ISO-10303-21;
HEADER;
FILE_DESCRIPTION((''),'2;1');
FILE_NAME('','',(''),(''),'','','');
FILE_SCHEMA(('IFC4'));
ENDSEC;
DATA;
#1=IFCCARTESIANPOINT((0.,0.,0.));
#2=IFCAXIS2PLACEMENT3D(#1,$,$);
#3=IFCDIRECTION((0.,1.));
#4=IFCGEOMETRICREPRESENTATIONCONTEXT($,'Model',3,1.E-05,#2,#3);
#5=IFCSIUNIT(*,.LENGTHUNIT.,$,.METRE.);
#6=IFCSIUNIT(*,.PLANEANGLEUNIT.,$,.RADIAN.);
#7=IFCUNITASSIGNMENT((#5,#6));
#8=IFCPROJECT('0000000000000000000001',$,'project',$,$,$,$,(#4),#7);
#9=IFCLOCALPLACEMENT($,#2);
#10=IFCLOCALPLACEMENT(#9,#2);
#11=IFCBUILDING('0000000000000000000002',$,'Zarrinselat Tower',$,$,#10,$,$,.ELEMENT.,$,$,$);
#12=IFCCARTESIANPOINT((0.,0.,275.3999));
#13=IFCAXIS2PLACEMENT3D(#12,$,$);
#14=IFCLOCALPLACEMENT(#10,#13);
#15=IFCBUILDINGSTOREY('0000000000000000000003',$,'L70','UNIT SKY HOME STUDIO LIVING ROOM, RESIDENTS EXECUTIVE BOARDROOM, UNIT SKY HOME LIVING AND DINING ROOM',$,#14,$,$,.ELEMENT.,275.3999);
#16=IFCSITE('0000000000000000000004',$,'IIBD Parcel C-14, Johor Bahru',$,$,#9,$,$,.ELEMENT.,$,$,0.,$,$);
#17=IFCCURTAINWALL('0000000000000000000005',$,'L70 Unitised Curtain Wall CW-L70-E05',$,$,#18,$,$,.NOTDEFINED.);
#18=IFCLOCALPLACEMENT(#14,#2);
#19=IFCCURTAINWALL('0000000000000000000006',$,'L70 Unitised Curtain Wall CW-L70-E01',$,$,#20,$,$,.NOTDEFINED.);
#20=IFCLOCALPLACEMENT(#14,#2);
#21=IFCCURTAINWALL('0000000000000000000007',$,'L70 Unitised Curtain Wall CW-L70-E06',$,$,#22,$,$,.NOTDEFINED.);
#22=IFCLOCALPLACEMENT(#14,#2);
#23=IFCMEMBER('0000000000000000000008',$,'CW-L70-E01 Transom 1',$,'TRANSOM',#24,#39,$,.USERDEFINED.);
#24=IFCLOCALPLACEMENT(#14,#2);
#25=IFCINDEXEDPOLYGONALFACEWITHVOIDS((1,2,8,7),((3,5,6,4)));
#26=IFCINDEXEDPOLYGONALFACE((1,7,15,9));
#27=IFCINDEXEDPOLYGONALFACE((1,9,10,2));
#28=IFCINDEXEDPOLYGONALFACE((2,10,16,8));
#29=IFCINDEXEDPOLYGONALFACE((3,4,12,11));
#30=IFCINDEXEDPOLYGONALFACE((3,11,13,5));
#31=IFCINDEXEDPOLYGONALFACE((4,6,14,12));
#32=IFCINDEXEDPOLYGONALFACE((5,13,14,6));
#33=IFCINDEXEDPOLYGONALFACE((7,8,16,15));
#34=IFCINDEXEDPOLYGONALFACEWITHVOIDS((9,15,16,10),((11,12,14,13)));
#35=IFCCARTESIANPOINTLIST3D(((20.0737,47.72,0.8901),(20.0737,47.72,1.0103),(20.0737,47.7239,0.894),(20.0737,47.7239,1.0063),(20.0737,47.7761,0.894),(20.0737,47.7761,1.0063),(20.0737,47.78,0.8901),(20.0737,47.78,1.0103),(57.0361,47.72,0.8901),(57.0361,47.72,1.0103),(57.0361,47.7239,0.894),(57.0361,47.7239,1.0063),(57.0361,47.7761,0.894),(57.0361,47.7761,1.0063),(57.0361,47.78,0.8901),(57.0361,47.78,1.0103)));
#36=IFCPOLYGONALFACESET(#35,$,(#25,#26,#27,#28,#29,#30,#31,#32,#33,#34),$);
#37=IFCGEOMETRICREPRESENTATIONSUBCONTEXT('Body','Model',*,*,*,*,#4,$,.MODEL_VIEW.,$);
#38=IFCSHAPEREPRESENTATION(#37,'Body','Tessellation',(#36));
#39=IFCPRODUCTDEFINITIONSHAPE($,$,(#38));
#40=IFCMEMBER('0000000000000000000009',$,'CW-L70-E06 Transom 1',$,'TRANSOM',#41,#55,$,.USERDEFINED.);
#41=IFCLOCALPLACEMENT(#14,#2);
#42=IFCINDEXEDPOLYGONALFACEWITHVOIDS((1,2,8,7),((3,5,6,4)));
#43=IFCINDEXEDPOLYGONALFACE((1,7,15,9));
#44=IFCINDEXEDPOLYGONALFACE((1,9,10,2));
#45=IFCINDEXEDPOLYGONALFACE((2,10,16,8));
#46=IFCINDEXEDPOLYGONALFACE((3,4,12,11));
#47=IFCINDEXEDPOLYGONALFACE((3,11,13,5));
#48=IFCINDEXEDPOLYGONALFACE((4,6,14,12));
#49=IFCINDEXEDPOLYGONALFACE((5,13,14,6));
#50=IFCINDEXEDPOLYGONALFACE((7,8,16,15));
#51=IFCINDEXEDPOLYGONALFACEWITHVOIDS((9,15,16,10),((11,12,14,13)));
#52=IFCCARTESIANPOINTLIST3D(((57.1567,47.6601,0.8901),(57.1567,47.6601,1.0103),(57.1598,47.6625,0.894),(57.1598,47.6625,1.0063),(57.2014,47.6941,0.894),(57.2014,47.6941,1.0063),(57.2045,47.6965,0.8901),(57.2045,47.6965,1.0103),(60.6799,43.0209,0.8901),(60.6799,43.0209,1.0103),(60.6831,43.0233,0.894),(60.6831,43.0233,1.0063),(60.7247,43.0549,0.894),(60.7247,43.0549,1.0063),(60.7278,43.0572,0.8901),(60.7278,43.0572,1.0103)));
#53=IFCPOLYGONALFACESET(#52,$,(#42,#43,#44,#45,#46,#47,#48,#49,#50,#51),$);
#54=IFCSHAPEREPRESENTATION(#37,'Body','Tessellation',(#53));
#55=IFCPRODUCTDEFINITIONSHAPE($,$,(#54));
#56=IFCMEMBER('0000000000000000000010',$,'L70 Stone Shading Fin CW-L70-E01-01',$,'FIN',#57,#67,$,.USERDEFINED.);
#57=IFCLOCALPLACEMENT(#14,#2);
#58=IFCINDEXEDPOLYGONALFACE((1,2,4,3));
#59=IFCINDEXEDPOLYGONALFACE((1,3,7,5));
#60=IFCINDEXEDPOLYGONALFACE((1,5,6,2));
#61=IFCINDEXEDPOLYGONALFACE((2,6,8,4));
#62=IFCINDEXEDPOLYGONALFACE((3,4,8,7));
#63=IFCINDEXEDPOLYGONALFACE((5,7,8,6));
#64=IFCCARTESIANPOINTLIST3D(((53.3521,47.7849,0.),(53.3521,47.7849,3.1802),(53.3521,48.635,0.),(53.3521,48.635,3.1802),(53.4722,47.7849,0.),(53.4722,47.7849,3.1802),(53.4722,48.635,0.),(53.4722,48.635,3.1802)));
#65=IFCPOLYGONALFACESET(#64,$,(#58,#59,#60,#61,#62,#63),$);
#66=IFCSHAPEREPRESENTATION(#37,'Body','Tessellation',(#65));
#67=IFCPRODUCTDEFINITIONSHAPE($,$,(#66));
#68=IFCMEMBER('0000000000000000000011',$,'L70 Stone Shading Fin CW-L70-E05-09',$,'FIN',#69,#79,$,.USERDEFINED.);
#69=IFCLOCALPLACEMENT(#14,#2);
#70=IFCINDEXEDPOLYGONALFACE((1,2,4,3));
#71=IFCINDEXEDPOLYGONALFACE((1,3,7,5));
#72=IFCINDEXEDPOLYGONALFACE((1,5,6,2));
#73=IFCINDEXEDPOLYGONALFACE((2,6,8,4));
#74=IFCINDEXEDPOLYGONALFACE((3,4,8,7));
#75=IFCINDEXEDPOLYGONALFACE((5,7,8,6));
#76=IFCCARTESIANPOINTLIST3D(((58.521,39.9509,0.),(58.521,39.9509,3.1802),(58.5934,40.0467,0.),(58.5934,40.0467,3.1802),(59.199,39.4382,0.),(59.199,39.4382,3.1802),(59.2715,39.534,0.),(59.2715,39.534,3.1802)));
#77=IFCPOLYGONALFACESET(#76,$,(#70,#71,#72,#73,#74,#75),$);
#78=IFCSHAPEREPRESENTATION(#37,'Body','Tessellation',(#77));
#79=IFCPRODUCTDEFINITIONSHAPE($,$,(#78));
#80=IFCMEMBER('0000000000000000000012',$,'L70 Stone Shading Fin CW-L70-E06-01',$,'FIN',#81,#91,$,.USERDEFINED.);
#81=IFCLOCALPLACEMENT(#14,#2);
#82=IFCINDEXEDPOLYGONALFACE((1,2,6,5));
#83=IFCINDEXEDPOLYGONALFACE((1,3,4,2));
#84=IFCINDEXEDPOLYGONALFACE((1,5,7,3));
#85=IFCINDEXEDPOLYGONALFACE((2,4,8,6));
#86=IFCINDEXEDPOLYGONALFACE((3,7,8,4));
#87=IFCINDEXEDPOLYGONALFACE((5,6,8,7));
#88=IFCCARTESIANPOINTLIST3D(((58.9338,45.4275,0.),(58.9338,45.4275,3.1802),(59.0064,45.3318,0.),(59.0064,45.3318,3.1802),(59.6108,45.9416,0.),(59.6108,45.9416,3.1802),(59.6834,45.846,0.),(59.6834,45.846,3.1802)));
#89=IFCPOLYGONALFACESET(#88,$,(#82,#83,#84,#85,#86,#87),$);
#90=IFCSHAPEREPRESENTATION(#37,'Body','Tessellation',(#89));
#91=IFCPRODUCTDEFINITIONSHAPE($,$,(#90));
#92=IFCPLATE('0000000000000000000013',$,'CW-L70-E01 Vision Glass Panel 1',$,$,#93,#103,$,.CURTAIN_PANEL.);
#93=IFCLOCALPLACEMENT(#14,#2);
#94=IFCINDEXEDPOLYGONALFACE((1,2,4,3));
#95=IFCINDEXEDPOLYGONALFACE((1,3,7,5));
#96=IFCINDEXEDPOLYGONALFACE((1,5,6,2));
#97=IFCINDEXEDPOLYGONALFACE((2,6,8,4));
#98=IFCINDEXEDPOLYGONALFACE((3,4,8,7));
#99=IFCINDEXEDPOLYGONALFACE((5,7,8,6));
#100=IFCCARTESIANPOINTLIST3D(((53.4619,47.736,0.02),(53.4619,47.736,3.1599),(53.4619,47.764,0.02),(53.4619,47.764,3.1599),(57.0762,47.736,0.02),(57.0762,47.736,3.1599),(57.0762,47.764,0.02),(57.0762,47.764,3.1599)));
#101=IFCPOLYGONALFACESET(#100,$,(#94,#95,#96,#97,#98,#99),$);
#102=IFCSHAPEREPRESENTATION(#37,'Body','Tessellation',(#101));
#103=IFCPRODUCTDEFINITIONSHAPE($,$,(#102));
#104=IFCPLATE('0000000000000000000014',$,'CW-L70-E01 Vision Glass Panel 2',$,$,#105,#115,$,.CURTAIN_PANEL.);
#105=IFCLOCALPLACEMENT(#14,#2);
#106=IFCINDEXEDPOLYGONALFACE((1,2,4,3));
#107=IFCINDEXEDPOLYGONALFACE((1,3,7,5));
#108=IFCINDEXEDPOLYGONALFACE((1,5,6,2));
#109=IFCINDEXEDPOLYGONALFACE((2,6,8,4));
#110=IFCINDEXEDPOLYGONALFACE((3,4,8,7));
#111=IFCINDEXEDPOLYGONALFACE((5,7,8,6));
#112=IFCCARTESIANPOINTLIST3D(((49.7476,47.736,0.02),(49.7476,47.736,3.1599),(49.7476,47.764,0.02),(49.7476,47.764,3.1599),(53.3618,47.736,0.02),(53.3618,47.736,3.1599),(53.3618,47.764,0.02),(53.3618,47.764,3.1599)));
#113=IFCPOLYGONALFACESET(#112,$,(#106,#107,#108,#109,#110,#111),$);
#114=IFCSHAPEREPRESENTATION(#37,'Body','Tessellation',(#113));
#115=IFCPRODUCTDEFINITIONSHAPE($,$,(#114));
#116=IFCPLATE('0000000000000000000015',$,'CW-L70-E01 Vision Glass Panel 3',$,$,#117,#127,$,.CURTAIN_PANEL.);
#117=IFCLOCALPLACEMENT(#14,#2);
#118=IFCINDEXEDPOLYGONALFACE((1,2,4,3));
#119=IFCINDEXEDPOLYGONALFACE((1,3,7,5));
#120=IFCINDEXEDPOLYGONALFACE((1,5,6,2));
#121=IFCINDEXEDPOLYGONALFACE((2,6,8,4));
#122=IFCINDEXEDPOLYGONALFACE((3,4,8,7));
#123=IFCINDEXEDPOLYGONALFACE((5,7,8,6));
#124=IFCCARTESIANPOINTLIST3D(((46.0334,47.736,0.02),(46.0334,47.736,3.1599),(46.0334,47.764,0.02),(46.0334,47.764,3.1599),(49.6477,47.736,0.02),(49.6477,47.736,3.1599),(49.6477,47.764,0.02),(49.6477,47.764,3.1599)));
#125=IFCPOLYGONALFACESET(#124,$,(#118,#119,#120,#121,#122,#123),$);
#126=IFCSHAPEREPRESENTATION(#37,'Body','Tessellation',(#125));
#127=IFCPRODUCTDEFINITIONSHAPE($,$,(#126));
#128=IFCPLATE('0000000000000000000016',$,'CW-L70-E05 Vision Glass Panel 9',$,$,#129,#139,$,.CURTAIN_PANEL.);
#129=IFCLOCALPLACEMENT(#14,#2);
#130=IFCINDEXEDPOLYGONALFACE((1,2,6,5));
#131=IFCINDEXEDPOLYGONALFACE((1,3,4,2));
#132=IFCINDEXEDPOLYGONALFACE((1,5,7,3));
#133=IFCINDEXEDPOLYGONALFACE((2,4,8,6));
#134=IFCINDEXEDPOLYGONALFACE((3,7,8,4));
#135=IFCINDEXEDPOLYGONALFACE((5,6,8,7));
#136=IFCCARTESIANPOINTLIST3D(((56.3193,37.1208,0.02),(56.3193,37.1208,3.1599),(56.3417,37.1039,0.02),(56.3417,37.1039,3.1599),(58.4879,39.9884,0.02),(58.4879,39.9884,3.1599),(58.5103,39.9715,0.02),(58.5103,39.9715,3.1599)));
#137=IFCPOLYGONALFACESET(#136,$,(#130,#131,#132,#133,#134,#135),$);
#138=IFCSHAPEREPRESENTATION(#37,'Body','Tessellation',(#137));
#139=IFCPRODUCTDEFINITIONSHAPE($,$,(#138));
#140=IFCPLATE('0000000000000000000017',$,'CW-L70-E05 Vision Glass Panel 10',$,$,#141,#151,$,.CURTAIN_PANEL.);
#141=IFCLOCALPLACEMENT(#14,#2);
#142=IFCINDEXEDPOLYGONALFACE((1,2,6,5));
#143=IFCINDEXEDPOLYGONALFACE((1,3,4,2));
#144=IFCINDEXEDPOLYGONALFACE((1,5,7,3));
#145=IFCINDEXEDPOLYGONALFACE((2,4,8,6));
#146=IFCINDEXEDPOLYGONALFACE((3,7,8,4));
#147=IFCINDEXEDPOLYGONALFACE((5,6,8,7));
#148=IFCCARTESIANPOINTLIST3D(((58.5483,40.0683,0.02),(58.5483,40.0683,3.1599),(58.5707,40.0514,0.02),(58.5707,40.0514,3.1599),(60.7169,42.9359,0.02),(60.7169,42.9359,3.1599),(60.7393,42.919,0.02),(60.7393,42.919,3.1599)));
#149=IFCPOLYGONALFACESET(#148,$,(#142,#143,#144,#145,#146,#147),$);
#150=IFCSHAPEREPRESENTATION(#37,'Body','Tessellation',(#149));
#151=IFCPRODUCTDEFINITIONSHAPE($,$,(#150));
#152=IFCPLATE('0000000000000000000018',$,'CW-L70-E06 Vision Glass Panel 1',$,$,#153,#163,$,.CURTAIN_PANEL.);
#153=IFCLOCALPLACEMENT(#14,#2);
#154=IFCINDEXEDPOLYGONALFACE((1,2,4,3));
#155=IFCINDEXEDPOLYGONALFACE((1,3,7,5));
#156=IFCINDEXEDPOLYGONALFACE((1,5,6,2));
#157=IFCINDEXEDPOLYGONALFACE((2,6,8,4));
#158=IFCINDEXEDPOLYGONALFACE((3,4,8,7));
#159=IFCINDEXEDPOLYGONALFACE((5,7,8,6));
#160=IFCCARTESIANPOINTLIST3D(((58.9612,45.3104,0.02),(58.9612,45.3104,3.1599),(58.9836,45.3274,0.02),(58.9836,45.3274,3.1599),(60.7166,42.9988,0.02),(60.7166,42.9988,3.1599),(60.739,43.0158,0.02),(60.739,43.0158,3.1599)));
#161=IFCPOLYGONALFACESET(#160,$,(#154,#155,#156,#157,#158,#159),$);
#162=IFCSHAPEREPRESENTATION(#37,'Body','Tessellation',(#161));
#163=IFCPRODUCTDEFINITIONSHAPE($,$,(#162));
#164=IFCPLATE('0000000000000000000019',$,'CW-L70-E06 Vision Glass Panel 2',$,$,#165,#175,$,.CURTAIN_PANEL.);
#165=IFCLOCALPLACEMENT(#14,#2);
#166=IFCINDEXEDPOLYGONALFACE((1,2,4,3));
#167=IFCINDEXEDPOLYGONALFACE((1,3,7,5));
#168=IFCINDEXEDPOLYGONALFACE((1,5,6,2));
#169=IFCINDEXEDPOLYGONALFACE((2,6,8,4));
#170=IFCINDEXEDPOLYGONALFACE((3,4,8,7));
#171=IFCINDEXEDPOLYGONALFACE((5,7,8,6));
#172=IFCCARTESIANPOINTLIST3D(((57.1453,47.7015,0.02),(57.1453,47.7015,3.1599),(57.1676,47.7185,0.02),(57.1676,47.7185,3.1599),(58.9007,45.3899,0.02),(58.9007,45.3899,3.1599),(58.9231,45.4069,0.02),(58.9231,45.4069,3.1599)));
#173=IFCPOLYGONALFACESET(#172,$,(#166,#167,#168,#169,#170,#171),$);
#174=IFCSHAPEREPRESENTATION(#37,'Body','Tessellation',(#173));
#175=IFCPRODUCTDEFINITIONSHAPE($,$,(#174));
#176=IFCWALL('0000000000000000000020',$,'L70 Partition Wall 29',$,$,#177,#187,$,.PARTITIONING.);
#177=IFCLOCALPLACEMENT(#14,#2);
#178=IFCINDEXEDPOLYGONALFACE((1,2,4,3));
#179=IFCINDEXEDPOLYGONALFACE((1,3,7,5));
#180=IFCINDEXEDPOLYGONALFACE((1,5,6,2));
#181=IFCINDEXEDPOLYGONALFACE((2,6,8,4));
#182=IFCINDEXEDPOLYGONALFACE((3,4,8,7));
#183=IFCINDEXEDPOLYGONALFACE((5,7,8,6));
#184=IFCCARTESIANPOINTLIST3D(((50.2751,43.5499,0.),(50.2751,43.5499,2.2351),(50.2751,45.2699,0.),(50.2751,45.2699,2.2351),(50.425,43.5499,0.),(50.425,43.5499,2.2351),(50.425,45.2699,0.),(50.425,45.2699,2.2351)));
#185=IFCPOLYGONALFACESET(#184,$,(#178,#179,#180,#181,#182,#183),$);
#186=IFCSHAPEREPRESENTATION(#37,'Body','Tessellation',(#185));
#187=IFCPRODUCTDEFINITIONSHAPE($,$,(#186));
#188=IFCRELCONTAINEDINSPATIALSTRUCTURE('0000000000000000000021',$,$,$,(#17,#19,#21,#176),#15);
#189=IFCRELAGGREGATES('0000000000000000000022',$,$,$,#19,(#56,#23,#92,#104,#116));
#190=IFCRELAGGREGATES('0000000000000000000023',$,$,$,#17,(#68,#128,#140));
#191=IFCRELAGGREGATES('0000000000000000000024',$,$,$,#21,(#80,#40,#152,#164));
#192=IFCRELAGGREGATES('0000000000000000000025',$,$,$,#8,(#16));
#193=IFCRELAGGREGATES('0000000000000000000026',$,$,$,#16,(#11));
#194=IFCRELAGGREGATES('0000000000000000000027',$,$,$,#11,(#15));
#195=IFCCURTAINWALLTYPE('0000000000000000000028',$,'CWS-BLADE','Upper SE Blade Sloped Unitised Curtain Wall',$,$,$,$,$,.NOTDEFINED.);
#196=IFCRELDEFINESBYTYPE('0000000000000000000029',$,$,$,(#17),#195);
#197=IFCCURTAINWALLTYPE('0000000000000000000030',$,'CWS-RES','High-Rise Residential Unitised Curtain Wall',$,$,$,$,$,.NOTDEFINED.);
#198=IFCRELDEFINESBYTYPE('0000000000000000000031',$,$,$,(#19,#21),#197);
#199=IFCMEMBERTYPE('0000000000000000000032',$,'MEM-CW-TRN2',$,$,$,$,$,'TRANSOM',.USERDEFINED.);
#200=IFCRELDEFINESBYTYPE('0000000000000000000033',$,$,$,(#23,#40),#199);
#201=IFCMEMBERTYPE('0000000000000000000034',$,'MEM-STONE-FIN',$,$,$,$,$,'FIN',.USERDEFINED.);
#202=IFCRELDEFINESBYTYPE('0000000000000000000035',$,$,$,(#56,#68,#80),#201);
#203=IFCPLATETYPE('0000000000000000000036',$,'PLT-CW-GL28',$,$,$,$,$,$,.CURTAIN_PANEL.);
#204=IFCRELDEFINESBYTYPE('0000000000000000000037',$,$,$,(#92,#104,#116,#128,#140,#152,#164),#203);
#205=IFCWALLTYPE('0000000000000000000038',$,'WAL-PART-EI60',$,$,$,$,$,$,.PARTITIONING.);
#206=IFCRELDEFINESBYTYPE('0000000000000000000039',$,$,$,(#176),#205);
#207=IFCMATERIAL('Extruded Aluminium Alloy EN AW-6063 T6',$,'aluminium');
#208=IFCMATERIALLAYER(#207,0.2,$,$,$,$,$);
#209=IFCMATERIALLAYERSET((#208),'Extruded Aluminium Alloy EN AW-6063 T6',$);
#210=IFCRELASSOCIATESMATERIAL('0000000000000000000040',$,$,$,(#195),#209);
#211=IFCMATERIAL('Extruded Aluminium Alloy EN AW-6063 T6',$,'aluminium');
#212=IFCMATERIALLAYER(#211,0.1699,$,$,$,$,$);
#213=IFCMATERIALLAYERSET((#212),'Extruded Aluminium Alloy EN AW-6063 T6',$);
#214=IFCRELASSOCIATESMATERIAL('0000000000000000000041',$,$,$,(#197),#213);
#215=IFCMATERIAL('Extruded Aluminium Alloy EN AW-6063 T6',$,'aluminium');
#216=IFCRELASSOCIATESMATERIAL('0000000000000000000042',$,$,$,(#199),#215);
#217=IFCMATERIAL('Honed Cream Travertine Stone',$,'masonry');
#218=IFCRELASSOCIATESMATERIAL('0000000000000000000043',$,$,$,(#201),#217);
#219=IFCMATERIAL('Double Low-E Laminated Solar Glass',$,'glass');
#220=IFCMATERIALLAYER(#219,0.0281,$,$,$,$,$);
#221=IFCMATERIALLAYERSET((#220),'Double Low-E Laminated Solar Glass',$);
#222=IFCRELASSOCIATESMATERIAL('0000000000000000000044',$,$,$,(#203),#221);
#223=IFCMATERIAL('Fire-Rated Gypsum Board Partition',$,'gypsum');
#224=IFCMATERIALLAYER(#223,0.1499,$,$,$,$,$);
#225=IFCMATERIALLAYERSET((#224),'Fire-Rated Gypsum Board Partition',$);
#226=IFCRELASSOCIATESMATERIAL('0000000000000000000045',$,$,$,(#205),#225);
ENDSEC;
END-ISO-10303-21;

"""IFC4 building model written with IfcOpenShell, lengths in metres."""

from ifc_helpers import new_model, si_unit, direction, frame, frame_2d, origin, origin_2d, place, context, subcontext, project, spatial, rectangle, hollow_rectangle, extrude, material, layer, layer_set, material_profile, profile_set, type_object, element, aggregate, save


model = new_model("IFC4")

# Units and contexts
model_context = context("Model", 3, precision=1e-05, world=origin(), true_north=direction((0.0, 1.0)))
body_context = subcontext(model_context, "Body", "Model", "MODEL_VIEW")
ifc_project = project(units=[si_unit("LENGTHUNIT", "METRE"), si_unit("PLANEANGLEUNIT", "RADIAN")], contexts=[model_context])

# Site, building, storey
site_placement = place(None, origin())
site = spatial("IfcSite", under=ifc_project, at=site_placement, Name="IIBD Parcel C-14, Johor Bahru", CompositionType="ELEMENT", RefElevation=0.0)
building_placement = place(site_placement, origin())
building = spatial("IfcBuilding", under=site, at=building_placement, Name="Zarrinselat Tower", CompositionType="ELEMENT")
storey_placement = place(building_placement, frame((0.0, 0.0, 275.3999)))
storey = spatial("IfcBuildingStorey", under=building, at=storey_placement, Name="L70", Description="UNIT SKY HOME STUDIO LIVING ROOM, RESIDENTS EXECUTIVE BOARDROOM, UNIT SKY HOME LIVING AND DINING ROOM", CompositionType="ELEMENT", Elevation=275.3999)

# Curtain walls
ifc_material_1 = material(Name="Extruded Aluminium Alloy EN AW-6063 T6", Category="aluminium")
ifc_layer_1 = layer(ifc_material_1, 0.2)
ifc_layer_set_1 = layer_set([ifc_layer_1], Name="Extruded Aluminium Alloy EN AW-6063 T6")
curtain_wall_type_1 = type_object("IfcCurtainWallType", Name="CWS-BLADE", Description="Upper SE Blade Sloped Unitised Curtain Wall", PredefinedType="NOTDEFINED", material=ifc_layer_set_1)
curtain_wall_1_placement = place(storey_placement, origin())
curtain_wall_1 = element("IfcCurtainWall", 1, at=curtain_wall_1_placement, inside=storey, type_object=curtain_wall_type_1, Name="L70 Unitised Curtain Wall CW-L70-E05", PredefinedType="NOTDEFINED")
ifc_material_2 = material(Name="Extruded Aluminium Alloy EN AW-6063 T6", Category="aluminium")
ifc_layer_2 = layer(ifc_material_2, 0.1699)
ifc_layer_set_2 = layer_set([ifc_layer_2], Name="Extruded Aluminium Alloy EN AW-6063 T6")
curtain_wall_type_2 = type_object("IfcCurtainWallType", Name="CWS-RES", Description="High-Rise Residential Unitised Curtain Wall", PredefinedType="NOTDEFINED", material=ifc_layer_set_2)
curtain_wall_2_placement = place(storey_placement, origin())
curtain_wall_2 = element("IfcCurtainWall", 2, at=curtain_wall_2_placement, inside=storey, type_object=curtain_wall_type_2, Name="L70 Unitised Curtain Wall CW-L70-E01", PredefinedType="NOTDEFINED")

# Curtain wall
curtain_wall_3_placement = place(storey_placement, origin())
curtain_wall_3 = element("IfcCurtainWall", 3, at=curtain_wall_3_placement, inside=storey, type_object=curtain_wall_type_2, Name="L70 Unitised Curtain Wall CW-L70-E06", PredefinedType="NOTDEFINED")

# Members
ifc_material_3 = material(Name="Extruded Aluminium Alloy EN AW-6063 T6", Category="aluminium")
ifc_material_profile_1 = material_profile(ifc_material_3, hollow_rectangle(XDim=0.0601, YDim=0.1201, WallThickness=0.0039, at=origin_2d()), Name="RHS 120x60x4")
ifc_profile_set_1 = profile_set([ifc_material_profile_1], Name="Extruded Aluminium Alloy EN AW-6063 T6")
member_type_1 = type_object("IfcMemberType", Name="MEM-CW-TRN2", ElementType="TRANSOM", PredefinedType="USERDEFINED", material=ifc_profile_set_1)
member_1_placement = place(storey_placement, frame((57.0361, 47.75, 0.9502), z_axis=(-1.0, 0.0, 0.0), x_axis=(0.0, -1.0, 0.0)))
member_1 = element("IfcMember", 4, at=member_1_placement, type_object=member_type_1, Name="CW-L70-E01 Transom 1", ObjectType="TRANSOM", PredefinedType="USERDEFINED", context=body_context, shape_type="SweptSolid", body=[
    extrude(hollow_rectangle(XDim=0.0601, YDim=0.1201, WallThickness=0.0039, at=origin_2d()), origin(), (0.0, 0.0, 1.0), 36.9624),
])
member_2_placement = place(storey_placement, frame((60.7039, 43.0391, 0.9502), z_axis=(-0.604804, 0.796375, 0.0), x_axis=(-0.796375, -0.604804, 0.0)))
member_2 = element("IfcMember", 5, at=member_2_placement, type_object=member_type_1, Name="CW-L70-E06 Transom 1", ObjectType="TRANSOM", PredefinedType="USERDEFINED", context=body_context, shape_type="SweptSolid", body=[
    extrude(hollow_rectangle(XDim=0.0601, YDim=0.1201, WallThickness=0.0039, at=origin_2d()), origin(), (0.0, 0.0, 1.0), 5.8254),
])
ifc_material_4 = material(Name="Honed Cream Travertine Stone", Category="masonry")
ifc_material_profile_2 = material_profile(ifc_material_4, rectangle(XDim=0.1201, YDim=0.8501, at=origin_2d()), Name="FIN 850x120")
ifc_profile_set_2 = profile_set([ifc_material_profile_2], Name="Honed Cream Travertine Stone")
member_type_2 = type_object("IfcMemberType", Name="MEM-STONE-FIN", ElementType="FIN", PredefinedType="USERDEFINED", material=ifc_profile_set_2)
member_3_placement = place(storey_placement, frame((53.4121, 48.21, 0.0), z_axis=(0.0, 0.0, 1.0), x_axis=(1.0, 0.0, 0.0)))
member_3 = element("IfcMember", 6, at=member_3_placement, type_object=member_type_2, Name="L70 Stone Shading Fin CW-L70-E01-01", ObjectType="FIN", PredefinedType="USERDEFINED", context=body_context, shape_type="SweptSolid", body=[
    extrude(rectangle(XDim=0.1201, YDim=0.8501, at=origin_2d()), origin(), (0.0, 0.0, 1.0), 3.1802),
])
member_4_placement = place(storey_placement, frame((58.8962, 39.7424, 0.0), z_axis=(0.0, 0.0, 1.0), x_axis=(-0.60317, -0.797613, 0.0)))
member_4 = element("IfcMember", 7, at=member_4_placement, type_object=member_type_2, Name="L70 Stone Shading Fin CW-L70-E05-09", ObjectType="FIN", PredefinedType="USERDEFINED", context=body_context, shape_type="SweptSolid", body=[
    extrude(rectangle(XDim=0.1201, YDim=0.8501, at=origin_2d()), origin(), (0.0, 0.0, 1.0), 3.1802),
])
member_5_placement = place(storey_placement, frame((59.3086, 45.6367, 0.0), z_axis=(0.0, 0.0, 1.0), x_axis=(0.604782, -0.796391, 0.0)))
member_5 = element("IfcMember", 8, at=member_5_placement, type_object=member_type_2, Name="L70 Stone Shading Fin CW-L70-E06-01", ObjectType="FIN", PredefinedType="USERDEFINED", context=body_context, shape_type="SweptSolid", body=[
    extrude(rectangle(XDim=0.1201, YDim=0.8501, at=origin_2d()), origin(), (0.0, 0.0, 1.0), 3.1802),
])

# Plates
ifc_material_5 = material(Name="Double Low-E Laminated Solar Glass", Category="glass")
ifc_layer_3 = layer(ifc_material_5, 0.0281)
ifc_layer_set_3 = layer_set([ifc_layer_3], Name="Double Low-E Laminated Solar Glass")
plate_type = type_object("IfcPlateType", Name="PLT-CW-GL28", PredefinedType="CURTAIN_PANEL", material=ifc_layer_set_3)
plate_1_placement = place(storey_placement, frame((55.269, 47.75, 0.02), z_axis=(0.0, 0.0, 1.0), x_axis=(-1.0, 0.0, 0.0)))
plate_1 = element("IfcPlate", 9, at=plate_1_placement, type_object=plate_type, Name="CW-L70-E01 Vision Glass Panel 1", PredefinedType="CURTAIN_PANEL", context=body_context, shape_type="SweptSolid", body=[
    extrude(rectangle(XDim=3.6143, YDim=0.0281, at=origin_2d()), origin(), (0.0, 0.0, 1.0), 3.1399),
])
plate_2_placement = place(storey_placement, frame((51.5547, 47.75, 0.02), z_axis=(0.0, 0.0, 1.0), x_axis=(-1.0, 0.0, 0.0)))
plate_2 = element("IfcPlate", 10, at=plate_2_placement, type_object=plate_type, Name="CW-L70-E01 Vision Glass Panel 2", PredefinedType="CURTAIN_PANEL", context=body_context, shape_type="SweptSolid", body=[
    extrude(rectangle(XDim=3.6143, YDim=0.0281, at=origin_2d()), origin(), (0.0, 0.0, 1.0), 3.1399),
])
plate_3_placement = place(storey_placement, frame((47.8406, 47.75, 0.02), z_axis=(0.0, 0.0, 1.0), x_axis=(-1.0, 0.0, 0.0)))
plate_3 = element("IfcPlate", 11, at=plate_3_placement, type_object=plate_type, Name="CW-L70-E01 Vision Glass Panel 3", PredefinedType="CURTAIN_PANEL", context=body_context, shape_type="SweptSolid", body=[
    extrude(rectangle(XDim=3.6143, YDim=0.0281, at=origin_2d()), origin(), (0.0, 0.0, 1.0), 3.1399),
])
aggregate(curtain_wall_2, [member_3, member_1, plate_1, plate_2, plate_3])
plate_4_placement = place(storey_placement, frame((57.4148, 38.5461, 0.02), z_axis=(0.0, 0.0, 1.0), x_axis=(0.60317, 0.797613, 0.0)))
plate_4 = element("IfcPlate", 12, at=plate_4_placement, type_object=plate_type, Name="CW-L70-E05 Vision Glass Panel 9", PredefinedType="CURTAIN_PANEL", context=body_context, shape_type="SweptSolid", body=[
    extrude(rectangle(XDim=3.5952, YDim=0.0281, at=origin_2d()), origin(), (0.0, 0.0, 1.0), 3.1399),
])
plate_5_placement = place(storey_placement, frame((59.6438, 41.4937, 0.02), z_axis=(0.0, 0.0, 1.0), x_axis=(0.60317, 0.797613, 0.0)))
plate_5 = element("IfcPlate", 13, at=plate_5_placement, type_object=plate_type, Name="CW-L70-E05 Vision Glass Panel 10", PredefinedType="CURTAIN_PANEL", context=body_context, shape_type="SweptSolid", body=[
    extrude(rectangle(XDim=3.5952, YDim=0.0281, at=origin_2d()), origin(), (0.0, 0.0, 1.0), 3.1399),
])
aggregate(curtain_wall_1, [member_4, plate_4, plate_5])
plate_6_placement = place(storey_placement, frame((59.8501, 44.1631, 0.02), z_axis=(0.0, 0.0, 1.0), x_axis=(-0.604782, 0.796391, 0.0)))
plate_6 = element("IfcPlate", 14, at=plate_6_placement, type_object=plate_type, Name="CW-L70-E06 Vision Glass Panel 1", PredefinedType="CURTAIN_PANEL", context=body_context, shape_type="SweptSolid", body=[
    extrude(rectangle(XDim=2.9026, YDim=0.0281, at=origin_2d()), origin(), (0.0, 0.0, 1.0), 3.1399),
])
plate_7_placement = place(storey_placement, frame((58.0342, 46.5542, 0.02), z_axis=(0.0, 0.0, 1.0), x_axis=(-0.604782, 0.796391, 0.0)))
plate_7 = element("IfcPlate", 15, at=plate_7_placement, type_object=plate_type, Name="CW-L70-E06 Vision Glass Panel 2", PredefinedType="CURTAIN_PANEL", context=body_context, shape_type="SweptSolid", body=[
    extrude(rectangle(XDim=2.9026, YDim=0.0281, at=origin_2d()), origin(), (0.0, 0.0, 1.0), 3.1399),
])
aggregate(curtain_wall_3, [member_5, member_2, plate_6, plate_7])

# Wall
ifc_material_6 = material(Name="Fire-Rated Gypsum Board Partition", Category="gypsum")
ifc_layer_4 = layer(ifc_material_6, 0.1499)
ifc_layer_set_4 = layer_set([ifc_layer_4], Name="Fire-Rated Gypsum Board Partition")
wall_type = type_object("IfcWallType", Name="WAL-PART-EI60", PredefinedType="PARTITIONING", material=ifc_layer_set_4)
wall_placement = place(storey_placement, frame((50.3501, 43.55, 0.0), z_axis=(0.0, 0.0, 1.0), x_axis=(0.0, 1.0, 0.0)))
element("IfcWall", 16, at=wall_placement, inside=storey, type_object=wall_type, Name="L70 Partition Wall 29", PredefinedType="PARTITIONING", context=body_context, shape_type="SweptSolid", body=[
    extrude(rectangle(XDim=1.72, YDim=0.1499, at=frame_2d((0.8599, 0.0))), origin(), (0.0, 0.0, 1.0), 2.2351),
])

save(model, "model.ifc")
